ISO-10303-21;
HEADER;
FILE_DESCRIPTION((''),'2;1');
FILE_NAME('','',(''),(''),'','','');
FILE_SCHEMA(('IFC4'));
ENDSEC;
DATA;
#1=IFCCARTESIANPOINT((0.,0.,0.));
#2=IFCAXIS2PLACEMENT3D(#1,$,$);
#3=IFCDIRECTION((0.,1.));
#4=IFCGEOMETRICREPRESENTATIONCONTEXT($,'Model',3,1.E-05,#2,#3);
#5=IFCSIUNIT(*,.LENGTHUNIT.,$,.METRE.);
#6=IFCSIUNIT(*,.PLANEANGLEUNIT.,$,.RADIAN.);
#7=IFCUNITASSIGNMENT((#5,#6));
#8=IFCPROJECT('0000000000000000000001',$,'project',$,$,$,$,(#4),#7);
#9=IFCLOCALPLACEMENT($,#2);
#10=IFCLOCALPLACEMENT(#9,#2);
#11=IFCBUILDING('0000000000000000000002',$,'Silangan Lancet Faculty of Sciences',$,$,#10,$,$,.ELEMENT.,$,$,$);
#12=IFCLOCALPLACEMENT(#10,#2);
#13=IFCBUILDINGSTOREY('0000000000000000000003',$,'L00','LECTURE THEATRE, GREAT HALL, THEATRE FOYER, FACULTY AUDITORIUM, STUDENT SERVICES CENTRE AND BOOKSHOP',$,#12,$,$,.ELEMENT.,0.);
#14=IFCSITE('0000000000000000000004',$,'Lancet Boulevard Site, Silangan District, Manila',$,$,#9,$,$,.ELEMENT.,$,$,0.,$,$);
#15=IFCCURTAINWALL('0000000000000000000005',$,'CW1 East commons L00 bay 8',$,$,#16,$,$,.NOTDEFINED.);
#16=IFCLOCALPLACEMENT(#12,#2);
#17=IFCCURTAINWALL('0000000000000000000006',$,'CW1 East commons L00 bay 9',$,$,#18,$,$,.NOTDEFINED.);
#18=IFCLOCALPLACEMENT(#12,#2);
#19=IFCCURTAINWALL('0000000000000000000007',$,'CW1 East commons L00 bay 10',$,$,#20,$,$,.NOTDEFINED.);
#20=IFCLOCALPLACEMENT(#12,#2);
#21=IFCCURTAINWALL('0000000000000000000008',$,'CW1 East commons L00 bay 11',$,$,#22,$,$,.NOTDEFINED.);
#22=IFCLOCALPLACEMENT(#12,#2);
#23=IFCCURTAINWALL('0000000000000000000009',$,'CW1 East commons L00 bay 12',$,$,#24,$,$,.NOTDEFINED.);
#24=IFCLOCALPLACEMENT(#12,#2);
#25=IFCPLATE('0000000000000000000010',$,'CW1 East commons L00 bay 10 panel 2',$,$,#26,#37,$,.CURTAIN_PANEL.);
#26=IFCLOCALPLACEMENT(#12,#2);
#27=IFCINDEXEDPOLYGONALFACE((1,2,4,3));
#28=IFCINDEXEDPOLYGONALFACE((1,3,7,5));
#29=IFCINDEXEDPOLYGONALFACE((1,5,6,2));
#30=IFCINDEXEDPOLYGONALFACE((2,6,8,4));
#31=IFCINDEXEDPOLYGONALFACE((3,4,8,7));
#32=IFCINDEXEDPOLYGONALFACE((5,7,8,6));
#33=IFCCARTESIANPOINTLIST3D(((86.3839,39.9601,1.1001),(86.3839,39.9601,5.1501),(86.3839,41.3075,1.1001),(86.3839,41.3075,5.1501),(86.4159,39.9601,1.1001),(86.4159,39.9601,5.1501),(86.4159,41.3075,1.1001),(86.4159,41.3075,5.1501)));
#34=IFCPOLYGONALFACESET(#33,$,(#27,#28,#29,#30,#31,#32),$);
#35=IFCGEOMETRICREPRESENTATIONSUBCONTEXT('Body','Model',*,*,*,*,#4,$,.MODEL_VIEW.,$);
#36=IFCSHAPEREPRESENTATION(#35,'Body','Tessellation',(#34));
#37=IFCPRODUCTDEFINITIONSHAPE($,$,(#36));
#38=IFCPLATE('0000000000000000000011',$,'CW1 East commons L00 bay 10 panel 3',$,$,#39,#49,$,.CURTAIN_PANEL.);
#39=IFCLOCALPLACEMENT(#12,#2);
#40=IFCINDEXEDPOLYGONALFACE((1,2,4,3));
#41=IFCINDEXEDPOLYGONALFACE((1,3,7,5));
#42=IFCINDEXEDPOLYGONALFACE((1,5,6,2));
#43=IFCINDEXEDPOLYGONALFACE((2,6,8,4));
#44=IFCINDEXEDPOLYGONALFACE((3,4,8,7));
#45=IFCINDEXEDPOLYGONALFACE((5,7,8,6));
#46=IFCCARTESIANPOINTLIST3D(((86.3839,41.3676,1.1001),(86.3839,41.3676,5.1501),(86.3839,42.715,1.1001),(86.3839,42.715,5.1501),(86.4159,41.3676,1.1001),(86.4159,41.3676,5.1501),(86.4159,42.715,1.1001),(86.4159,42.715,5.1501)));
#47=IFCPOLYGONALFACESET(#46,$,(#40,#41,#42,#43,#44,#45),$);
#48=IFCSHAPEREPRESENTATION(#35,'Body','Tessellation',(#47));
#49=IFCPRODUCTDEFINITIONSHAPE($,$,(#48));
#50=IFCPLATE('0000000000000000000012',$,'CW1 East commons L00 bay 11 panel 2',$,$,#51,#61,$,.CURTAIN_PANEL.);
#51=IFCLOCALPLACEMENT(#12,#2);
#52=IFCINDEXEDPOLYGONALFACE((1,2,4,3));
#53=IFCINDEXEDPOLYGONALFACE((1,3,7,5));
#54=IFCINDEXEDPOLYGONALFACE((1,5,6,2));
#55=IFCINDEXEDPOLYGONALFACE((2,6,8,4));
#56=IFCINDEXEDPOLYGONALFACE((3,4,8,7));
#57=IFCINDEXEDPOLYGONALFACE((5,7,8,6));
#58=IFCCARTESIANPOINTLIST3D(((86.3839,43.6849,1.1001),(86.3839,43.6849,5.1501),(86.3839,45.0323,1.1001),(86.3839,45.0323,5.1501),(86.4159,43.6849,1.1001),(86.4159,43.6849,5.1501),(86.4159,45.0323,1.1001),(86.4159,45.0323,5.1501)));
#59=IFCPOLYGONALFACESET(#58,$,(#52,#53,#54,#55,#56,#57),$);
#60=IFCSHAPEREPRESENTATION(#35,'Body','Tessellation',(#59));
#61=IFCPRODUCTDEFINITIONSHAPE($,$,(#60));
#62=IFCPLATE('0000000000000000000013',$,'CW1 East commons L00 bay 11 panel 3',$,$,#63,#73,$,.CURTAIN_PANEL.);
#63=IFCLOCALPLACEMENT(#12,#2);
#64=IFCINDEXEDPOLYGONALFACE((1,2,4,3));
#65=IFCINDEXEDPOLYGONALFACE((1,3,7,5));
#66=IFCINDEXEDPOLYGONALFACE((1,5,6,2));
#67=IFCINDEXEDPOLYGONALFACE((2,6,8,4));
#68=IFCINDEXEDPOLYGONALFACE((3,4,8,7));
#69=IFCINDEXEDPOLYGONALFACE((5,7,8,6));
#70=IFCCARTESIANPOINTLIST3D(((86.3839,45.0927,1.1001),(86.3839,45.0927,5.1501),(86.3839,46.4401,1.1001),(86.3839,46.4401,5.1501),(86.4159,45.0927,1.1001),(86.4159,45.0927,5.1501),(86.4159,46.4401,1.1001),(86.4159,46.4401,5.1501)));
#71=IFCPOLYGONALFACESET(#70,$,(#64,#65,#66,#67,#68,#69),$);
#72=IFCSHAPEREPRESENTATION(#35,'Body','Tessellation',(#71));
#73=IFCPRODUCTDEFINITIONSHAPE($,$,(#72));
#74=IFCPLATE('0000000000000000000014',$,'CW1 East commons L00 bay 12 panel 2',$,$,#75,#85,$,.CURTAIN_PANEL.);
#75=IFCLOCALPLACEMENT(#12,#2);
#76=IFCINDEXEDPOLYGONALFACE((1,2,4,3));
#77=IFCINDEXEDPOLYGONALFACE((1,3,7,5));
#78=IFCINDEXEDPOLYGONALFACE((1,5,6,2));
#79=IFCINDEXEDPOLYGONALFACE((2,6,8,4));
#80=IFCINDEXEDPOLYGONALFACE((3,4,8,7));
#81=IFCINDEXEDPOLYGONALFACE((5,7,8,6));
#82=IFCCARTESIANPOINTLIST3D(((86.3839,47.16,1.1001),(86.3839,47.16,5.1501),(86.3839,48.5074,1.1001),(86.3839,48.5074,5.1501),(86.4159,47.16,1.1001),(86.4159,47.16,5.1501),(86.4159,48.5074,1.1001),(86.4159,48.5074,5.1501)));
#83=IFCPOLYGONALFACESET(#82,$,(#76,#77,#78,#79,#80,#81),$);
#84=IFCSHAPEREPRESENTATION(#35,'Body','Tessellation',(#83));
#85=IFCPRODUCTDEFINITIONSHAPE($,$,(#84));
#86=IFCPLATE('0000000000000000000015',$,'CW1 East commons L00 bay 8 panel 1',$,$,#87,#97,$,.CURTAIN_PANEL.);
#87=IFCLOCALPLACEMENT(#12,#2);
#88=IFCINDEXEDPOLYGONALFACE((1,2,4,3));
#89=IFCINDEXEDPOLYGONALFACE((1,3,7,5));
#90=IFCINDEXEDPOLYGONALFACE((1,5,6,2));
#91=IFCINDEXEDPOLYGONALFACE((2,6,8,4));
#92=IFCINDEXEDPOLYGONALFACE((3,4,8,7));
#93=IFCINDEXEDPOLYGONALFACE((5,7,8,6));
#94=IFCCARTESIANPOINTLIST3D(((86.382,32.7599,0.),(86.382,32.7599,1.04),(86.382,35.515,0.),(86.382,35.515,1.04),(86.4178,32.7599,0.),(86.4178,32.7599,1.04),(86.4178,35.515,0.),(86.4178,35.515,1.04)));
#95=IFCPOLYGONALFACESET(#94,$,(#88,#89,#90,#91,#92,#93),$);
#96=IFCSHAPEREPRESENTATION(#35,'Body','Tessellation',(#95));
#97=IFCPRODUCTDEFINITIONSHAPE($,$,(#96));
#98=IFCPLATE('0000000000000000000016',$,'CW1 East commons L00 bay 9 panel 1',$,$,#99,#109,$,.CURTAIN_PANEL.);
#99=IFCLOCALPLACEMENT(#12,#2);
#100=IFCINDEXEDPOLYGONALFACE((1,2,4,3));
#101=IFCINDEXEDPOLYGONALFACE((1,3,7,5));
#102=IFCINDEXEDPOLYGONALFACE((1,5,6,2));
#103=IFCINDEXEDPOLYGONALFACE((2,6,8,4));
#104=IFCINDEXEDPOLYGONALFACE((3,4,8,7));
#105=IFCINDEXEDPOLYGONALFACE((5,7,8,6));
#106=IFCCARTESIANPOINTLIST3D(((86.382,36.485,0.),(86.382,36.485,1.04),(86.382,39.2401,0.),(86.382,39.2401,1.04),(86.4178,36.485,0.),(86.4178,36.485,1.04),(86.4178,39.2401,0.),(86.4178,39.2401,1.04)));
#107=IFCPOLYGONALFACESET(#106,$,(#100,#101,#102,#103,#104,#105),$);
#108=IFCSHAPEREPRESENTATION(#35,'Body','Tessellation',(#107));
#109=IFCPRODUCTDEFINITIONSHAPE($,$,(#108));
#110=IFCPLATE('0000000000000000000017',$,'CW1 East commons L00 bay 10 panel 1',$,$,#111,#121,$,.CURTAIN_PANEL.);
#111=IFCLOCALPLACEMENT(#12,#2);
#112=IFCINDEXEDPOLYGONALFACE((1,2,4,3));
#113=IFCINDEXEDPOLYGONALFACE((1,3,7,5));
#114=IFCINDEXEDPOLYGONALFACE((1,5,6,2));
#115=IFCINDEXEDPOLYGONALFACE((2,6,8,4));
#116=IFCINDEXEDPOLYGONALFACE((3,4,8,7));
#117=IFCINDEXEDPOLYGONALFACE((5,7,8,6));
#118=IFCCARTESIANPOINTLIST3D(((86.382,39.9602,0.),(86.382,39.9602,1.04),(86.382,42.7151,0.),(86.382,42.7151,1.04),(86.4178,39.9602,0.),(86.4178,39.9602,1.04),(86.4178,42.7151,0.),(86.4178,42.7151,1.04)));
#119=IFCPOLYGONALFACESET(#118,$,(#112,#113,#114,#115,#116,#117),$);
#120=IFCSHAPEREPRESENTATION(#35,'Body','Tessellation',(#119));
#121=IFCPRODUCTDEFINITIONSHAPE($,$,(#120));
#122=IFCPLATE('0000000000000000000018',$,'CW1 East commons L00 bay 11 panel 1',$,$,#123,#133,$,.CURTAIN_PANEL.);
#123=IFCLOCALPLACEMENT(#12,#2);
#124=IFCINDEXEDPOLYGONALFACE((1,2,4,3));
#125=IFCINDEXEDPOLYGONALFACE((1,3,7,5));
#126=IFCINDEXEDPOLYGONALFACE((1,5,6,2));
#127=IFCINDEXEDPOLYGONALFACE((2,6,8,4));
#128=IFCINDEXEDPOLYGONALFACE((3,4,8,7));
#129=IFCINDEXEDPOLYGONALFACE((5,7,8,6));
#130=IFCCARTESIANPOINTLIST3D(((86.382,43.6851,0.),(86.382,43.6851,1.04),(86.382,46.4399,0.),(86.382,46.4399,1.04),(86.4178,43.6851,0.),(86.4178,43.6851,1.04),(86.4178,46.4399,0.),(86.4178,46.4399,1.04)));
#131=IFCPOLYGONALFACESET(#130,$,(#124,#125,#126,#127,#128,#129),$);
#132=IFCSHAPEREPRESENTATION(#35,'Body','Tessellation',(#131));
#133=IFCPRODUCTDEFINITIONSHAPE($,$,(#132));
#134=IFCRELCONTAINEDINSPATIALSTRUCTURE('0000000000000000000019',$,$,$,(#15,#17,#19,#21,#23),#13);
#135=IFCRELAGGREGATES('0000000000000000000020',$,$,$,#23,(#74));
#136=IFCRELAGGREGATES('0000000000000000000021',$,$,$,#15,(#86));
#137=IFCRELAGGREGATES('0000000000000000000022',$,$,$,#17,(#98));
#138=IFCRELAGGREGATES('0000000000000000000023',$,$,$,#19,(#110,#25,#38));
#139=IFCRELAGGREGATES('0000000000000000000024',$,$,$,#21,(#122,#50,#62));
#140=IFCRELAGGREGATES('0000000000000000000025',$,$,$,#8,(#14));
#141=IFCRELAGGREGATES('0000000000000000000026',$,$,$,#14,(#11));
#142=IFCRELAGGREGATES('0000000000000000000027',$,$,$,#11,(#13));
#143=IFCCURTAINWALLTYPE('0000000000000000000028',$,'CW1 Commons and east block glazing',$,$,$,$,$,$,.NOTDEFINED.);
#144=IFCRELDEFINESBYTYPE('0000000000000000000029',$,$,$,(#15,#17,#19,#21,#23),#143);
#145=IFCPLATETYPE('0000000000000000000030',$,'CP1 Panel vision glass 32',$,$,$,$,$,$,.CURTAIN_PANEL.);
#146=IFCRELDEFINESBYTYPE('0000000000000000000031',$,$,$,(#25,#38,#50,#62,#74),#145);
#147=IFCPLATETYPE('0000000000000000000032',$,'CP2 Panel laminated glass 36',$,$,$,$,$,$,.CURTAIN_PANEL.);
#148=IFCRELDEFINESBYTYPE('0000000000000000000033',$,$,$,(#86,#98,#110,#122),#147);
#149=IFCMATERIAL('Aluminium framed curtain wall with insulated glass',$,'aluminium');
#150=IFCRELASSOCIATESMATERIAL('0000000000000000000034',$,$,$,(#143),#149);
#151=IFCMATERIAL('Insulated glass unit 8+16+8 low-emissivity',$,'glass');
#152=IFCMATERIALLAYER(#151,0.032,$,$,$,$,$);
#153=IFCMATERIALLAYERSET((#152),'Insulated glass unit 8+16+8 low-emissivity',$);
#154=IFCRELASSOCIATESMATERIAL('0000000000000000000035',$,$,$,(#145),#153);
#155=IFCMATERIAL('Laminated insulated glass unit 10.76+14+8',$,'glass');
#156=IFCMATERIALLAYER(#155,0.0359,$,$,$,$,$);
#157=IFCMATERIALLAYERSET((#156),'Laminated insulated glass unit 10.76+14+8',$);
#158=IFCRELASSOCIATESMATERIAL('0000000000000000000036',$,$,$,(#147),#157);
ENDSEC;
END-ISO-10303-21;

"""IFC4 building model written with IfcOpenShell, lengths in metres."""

from ifc_helpers import new_model, si_unit, direction, frame, origin, origin_2d, place, context, subcontext, project, spatial, rectangle, extrude, material, layer, layer_set, type_object, element, aggregate, save


model = new_model("IFC4")

# Units and contexts
model_context = context("Model", 3, precision=1e-05, world=origin(), true_north=direction((0.0, 1.0)))
body_context = subcontext(model_context, "Body", "Model", "MODEL_VIEW")
ifc_project = project(units=[si_unit("LENGTHUNIT", "METRE"), si_unit("PLANEANGLEUNIT", "RADIAN")], contexts=[model_context])

# Site, building, storey
site_placement = place(None, origin())
site = spatial("IfcSite", under=ifc_project, at=site_placement, Name="Lancet Boulevard Site, Silangan District, Manila", CompositionType="ELEMENT", RefElevation=0.0)
building_placement = place(site_placement, origin())
building = spatial("IfcBuilding", under=site, at=building_placement, Name="Silangan Lancet Faculty of Sciences", CompositionType="ELEMENT")
storey_placement = place(building_placement, origin())
storey = spatial("IfcBuildingStorey", under=building, at=storey_placement, Name="L00", Description="LECTURE THEATRE, GREAT HALL, THEATRE FOYER, FACULTY AUDITORIUM, STUDENT SERVICES CENTRE AND BOOKSHOP", CompositionType="ELEMENT", Elevation=0.0)

# Curtain walls
ifc_material_1 = material(Name="Aluminium framed curtain wall with insulated glass", Category="aluminium")
curtain_wall_type = type_object("IfcCurtainWallType", Name="CW1 Commons and east block glazing", PredefinedType="NOTDEFINED", material=ifc_material_1)
curtain_wall_1_placement = place(storey_placement, origin())
curtain_wall_1 = element("IfcCurtainWall", 1, at=curtain_wall_1_placement, inside=storey, type_object=curtain_wall_type, Name="CW1 East commons L00 bay 8", PredefinedType="NOTDEFINED")
curtain_wall_2_placement = place(storey_placement, origin())
curtain_wall_2 = element("IfcCurtainWall", 2, at=curtain_wall_2_placement, inside=storey, type_object=curtain_wall_type, Name="CW1 East commons L00 bay 9", PredefinedType="NOTDEFINED")
curtain_wall_3_placement = place(storey_placement, origin())
curtain_wall_3 = element("IfcCurtainWall", 3, at=curtain_wall_3_placement, inside=storey, type_object=curtain_wall_type, Name="CW1 East commons L00 bay 10", PredefinedType="NOTDEFINED")
curtain_wall_4_placement = place(storey_placement, origin())
curtain_wall_4 = element("IfcCurtainWall", 4, at=curtain_wall_4_placement, inside=storey, type_object=curtain_wall_type, Name="CW1 East commons L00 bay 11", PredefinedType="NOTDEFINED")

# Curtain wall
curtain_wall_5_placement = place(storey_placement, origin())
curtain_wall_5 = element("IfcCurtainWall", 5, at=curtain_wall_5_placement, inside=storey, type_object=curtain_wall_type, Name="CW1 East commons L00 bay 12", PredefinedType="NOTDEFINED")

# Plates
ifc_material_2 = material(Name="Insulated glass unit 8+16+8 low-emissivity", Category="glass")
ifc_layer_1 = layer(ifc_material_2, 0.032)
ifc_layer_set_1 = layer_set([ifc_layer_1], Name="Insulated glass unit 8+16+8 low-emissivity")
plate_type_1 = type_object("IfcPlateType", Name="CP1 Panel vision glass 32", PredefinedType="CURTAIN_PANEL", material=ifc_layer_set_1)
plate_1_placement = place(storey_placement, frame((86.3999, 40.6338, 1.1001), z_axis=(0.0, 0.0, 1.0), x_axis=(0.0, 1.0, 0.0)))
plate_1 = element("IfcPlate", 6, at=plate_1_placement, type_object=plate_type_1, Name="CW1 East commons L00 bay 10 panel 2", PredefinedType="CURTAIN_PANEL", context=body_context, shape_type="SweptSolid", body=[
    extrude(rectangle(XDim=1.3474, YDim=0.032, at=origin_2d()), origin(), (0.0, 0.0, 1.0), 4.05),
])
plate_2_placement = place(storey_placement, frame((86.3999, 42.0413, 1.1001), z_axis=(0.0, 0.0, 1.0), x_axis=(0.0, 1.0, 0.0)))
plate_2 = element("IfcPlate", 7, at=plate_2_placement, type_object=plate_type_1, Name="CW1 East commons L00 bay 10 panel 3", PredefinedType="CURTAIN_PANEL", context=body_context, shape_type="SweptSolid", body=[
    extrude(rectangle(XDim=1.3474, YDim=0.032, at=origin_2d()), origin(), (0.0, 0.0, 1.0), 4.05),
])
plate_3_placement = place(storey_placement, frame((86.3999, 44.3586, 1.1001), z_axis=(0.0, 0.0, 1.0), x_axis=(0.0, 1.0, 0.0)))
plate_3 = element("IfcPlate", 8, at=plate_3_placement, type_object=plate_type_1, Name="CW1 East commons L00 bay 11 panel 2", PredefinedType="CURTAIN_PANEL", context=body_context, shape_type="SweptSolid", body=[
    extrude(rectangle(XDim=1.3474, YDim=0.032, at=origin_2d()), origin(), (0.0, 0.0, 1.0), 4.05),
])
plate_4_placement = place(storey_placement, frame((86.3999, 45.7664, 1.1001), z_axis=(0.0, 0.0, 1.0), x_axis=(0.0, 1.0, 0.0)))
plate_4 = element("IfcPlate", 9, at=plate_4_placement, type_object=plate_type_1, Name="CW1 East commons L00 bay 11 panel 3", PredefinedType="CURTAIN_PANEL", context=body_context, shape_type="SweptSolid", body=[
    extrude(rectangle(XDim=1.3474, YDim=0.032, at=origin_2d()), origin(), (0.0, 0.0, 1.0), 4.05),
])
plate_5_placement = place(storey_placement, frame((86.3999, 47.8337, 1.1001), z_axis=(0.0, 0.0, 1.0), x_axis=(0.0, 1.0, 0.0)))
plate_5 = element("IfcPlate", 10, at=plate_5_placement, type_object=plate_type_1, Name="CW1 East commons L00 bay 12 panel 2", PredefinedType="CURTAIN_PANEL", context=body_context, shape_type="SweptSolid", body=[
    extrude(rectangle(XDim=1.3474, YDim=0.032, at=origin_2d()), origin(), (0.0, 0.0, 1.0), 4.05),
])
aggregate(curtain_wall_5, [plate_5])
ifc_material_3 = material(Name="Laminated insulated glass unit 10.76+14+8", Category="glass")
ifc_layer_2 = layer(ifc_material_3, 0.0359)
ifc_layer_set_2 = layer_set([ifc_layer_2], Name="Laminated insulated glass unit 10.76+14+8")
plate_type_2 = type_object("IfcPlateType", Name="CP2 Panel laminated glass 36", PredefinedType="CURTAIN_PANEL", material=ifc_layer_set_2)
plate_6_placement = place(storey_placement, frame((86.3999, 34.1375, 0.0), z_axis=(0.0, 0.0, 1.0), x_axis=(0.0, 1.0, 0.0)))
plate_6 = element("IfcPlate", 11, at=plate_6_placement, type_object=plate_type_2, Name="CW1 East commons L00 bay 8 panel 1", PredefinedType="CURTAIN_PANEL", context=body_context, shape_type="SweptSolid", body=[
    extrude(rectangle(XDim=2.7551, YDim=0.0359, at=origin_2d()), origin(), (0.0, 0.0, 1.0), 1.04),
])
aggregate(curtain_wall_1, [plate_6])
plate_7_placement = place(storey_placement, frame((86.3999, 37.8625, 0.0), z_axis=(0.0, 0.0, 1.0), x_axis=(0.0, 1.0, 0.0)))
plate_7 = element("IfcPlate", 12, at=plate_7_placement, type_object=plate_type_2, Name="CW1 East commons L00 bay 9 panel 1", PredefinedType="CURTAIN_PANEL", context=body_context, shape_type="SweptSolid", body=[
    extrude(rectangle(XDim=2.7551, YDim=0.0359, at=origin_2d()), origin(), (0.0, 0.0, 1.0), 1.04),
])
aggregate(curtain_wall_2, [plate_7])
plate_8_placement = place(storey_placement, frame((86.3999, 41.3376, 0.0), z_axis=(0.0, 0.0, 1.0), x_axis=(0.0, 1.0, 0.0)))
plate_8 = element("IfcPlate", 13, at=plate_8_placement, type_object=plate_type_2, Name="CW1 East commons L00 bay 10 panel 1", PredefinedType="CURTAIN_PANEL", context=body_context, shape_type="SweptSolid", body=[
    extrude(rectangle(XDim=2.7549, YDim=0.0359, at=origin_2d()), origin(), (0.0, 0.0, 1.0), 1.04),
])
aggregate(curtain_wall_3, [plate_8, plate_1, plate_2])
plate_9_placement = place(storey_placement, frame((86.3999, 45.0625, 0.0), z_axis=(0.0, 0.0, 1.0), x_axis=(0.0, 1.0, 0.0)))
plate_9 = element("IfcPlate", 14, at=plate_9_placement, type_object=plate_type_2, Name="CW1 East commons L00 bay 11 panel 1", PredefinedType="CURTAIN_PANEL", context=body_context, shape_type="SweptSolid", body=[
    extrude(rectangle(XDim=2.7549, YDim=0.0359, at=origin_2d()), origin(), (0.0, 0.0, 1.0), 1.04),
])
aggregate(curtain_wall_4, [plate_9, plate_3, plate_4])

save(model, "model.ifc")
